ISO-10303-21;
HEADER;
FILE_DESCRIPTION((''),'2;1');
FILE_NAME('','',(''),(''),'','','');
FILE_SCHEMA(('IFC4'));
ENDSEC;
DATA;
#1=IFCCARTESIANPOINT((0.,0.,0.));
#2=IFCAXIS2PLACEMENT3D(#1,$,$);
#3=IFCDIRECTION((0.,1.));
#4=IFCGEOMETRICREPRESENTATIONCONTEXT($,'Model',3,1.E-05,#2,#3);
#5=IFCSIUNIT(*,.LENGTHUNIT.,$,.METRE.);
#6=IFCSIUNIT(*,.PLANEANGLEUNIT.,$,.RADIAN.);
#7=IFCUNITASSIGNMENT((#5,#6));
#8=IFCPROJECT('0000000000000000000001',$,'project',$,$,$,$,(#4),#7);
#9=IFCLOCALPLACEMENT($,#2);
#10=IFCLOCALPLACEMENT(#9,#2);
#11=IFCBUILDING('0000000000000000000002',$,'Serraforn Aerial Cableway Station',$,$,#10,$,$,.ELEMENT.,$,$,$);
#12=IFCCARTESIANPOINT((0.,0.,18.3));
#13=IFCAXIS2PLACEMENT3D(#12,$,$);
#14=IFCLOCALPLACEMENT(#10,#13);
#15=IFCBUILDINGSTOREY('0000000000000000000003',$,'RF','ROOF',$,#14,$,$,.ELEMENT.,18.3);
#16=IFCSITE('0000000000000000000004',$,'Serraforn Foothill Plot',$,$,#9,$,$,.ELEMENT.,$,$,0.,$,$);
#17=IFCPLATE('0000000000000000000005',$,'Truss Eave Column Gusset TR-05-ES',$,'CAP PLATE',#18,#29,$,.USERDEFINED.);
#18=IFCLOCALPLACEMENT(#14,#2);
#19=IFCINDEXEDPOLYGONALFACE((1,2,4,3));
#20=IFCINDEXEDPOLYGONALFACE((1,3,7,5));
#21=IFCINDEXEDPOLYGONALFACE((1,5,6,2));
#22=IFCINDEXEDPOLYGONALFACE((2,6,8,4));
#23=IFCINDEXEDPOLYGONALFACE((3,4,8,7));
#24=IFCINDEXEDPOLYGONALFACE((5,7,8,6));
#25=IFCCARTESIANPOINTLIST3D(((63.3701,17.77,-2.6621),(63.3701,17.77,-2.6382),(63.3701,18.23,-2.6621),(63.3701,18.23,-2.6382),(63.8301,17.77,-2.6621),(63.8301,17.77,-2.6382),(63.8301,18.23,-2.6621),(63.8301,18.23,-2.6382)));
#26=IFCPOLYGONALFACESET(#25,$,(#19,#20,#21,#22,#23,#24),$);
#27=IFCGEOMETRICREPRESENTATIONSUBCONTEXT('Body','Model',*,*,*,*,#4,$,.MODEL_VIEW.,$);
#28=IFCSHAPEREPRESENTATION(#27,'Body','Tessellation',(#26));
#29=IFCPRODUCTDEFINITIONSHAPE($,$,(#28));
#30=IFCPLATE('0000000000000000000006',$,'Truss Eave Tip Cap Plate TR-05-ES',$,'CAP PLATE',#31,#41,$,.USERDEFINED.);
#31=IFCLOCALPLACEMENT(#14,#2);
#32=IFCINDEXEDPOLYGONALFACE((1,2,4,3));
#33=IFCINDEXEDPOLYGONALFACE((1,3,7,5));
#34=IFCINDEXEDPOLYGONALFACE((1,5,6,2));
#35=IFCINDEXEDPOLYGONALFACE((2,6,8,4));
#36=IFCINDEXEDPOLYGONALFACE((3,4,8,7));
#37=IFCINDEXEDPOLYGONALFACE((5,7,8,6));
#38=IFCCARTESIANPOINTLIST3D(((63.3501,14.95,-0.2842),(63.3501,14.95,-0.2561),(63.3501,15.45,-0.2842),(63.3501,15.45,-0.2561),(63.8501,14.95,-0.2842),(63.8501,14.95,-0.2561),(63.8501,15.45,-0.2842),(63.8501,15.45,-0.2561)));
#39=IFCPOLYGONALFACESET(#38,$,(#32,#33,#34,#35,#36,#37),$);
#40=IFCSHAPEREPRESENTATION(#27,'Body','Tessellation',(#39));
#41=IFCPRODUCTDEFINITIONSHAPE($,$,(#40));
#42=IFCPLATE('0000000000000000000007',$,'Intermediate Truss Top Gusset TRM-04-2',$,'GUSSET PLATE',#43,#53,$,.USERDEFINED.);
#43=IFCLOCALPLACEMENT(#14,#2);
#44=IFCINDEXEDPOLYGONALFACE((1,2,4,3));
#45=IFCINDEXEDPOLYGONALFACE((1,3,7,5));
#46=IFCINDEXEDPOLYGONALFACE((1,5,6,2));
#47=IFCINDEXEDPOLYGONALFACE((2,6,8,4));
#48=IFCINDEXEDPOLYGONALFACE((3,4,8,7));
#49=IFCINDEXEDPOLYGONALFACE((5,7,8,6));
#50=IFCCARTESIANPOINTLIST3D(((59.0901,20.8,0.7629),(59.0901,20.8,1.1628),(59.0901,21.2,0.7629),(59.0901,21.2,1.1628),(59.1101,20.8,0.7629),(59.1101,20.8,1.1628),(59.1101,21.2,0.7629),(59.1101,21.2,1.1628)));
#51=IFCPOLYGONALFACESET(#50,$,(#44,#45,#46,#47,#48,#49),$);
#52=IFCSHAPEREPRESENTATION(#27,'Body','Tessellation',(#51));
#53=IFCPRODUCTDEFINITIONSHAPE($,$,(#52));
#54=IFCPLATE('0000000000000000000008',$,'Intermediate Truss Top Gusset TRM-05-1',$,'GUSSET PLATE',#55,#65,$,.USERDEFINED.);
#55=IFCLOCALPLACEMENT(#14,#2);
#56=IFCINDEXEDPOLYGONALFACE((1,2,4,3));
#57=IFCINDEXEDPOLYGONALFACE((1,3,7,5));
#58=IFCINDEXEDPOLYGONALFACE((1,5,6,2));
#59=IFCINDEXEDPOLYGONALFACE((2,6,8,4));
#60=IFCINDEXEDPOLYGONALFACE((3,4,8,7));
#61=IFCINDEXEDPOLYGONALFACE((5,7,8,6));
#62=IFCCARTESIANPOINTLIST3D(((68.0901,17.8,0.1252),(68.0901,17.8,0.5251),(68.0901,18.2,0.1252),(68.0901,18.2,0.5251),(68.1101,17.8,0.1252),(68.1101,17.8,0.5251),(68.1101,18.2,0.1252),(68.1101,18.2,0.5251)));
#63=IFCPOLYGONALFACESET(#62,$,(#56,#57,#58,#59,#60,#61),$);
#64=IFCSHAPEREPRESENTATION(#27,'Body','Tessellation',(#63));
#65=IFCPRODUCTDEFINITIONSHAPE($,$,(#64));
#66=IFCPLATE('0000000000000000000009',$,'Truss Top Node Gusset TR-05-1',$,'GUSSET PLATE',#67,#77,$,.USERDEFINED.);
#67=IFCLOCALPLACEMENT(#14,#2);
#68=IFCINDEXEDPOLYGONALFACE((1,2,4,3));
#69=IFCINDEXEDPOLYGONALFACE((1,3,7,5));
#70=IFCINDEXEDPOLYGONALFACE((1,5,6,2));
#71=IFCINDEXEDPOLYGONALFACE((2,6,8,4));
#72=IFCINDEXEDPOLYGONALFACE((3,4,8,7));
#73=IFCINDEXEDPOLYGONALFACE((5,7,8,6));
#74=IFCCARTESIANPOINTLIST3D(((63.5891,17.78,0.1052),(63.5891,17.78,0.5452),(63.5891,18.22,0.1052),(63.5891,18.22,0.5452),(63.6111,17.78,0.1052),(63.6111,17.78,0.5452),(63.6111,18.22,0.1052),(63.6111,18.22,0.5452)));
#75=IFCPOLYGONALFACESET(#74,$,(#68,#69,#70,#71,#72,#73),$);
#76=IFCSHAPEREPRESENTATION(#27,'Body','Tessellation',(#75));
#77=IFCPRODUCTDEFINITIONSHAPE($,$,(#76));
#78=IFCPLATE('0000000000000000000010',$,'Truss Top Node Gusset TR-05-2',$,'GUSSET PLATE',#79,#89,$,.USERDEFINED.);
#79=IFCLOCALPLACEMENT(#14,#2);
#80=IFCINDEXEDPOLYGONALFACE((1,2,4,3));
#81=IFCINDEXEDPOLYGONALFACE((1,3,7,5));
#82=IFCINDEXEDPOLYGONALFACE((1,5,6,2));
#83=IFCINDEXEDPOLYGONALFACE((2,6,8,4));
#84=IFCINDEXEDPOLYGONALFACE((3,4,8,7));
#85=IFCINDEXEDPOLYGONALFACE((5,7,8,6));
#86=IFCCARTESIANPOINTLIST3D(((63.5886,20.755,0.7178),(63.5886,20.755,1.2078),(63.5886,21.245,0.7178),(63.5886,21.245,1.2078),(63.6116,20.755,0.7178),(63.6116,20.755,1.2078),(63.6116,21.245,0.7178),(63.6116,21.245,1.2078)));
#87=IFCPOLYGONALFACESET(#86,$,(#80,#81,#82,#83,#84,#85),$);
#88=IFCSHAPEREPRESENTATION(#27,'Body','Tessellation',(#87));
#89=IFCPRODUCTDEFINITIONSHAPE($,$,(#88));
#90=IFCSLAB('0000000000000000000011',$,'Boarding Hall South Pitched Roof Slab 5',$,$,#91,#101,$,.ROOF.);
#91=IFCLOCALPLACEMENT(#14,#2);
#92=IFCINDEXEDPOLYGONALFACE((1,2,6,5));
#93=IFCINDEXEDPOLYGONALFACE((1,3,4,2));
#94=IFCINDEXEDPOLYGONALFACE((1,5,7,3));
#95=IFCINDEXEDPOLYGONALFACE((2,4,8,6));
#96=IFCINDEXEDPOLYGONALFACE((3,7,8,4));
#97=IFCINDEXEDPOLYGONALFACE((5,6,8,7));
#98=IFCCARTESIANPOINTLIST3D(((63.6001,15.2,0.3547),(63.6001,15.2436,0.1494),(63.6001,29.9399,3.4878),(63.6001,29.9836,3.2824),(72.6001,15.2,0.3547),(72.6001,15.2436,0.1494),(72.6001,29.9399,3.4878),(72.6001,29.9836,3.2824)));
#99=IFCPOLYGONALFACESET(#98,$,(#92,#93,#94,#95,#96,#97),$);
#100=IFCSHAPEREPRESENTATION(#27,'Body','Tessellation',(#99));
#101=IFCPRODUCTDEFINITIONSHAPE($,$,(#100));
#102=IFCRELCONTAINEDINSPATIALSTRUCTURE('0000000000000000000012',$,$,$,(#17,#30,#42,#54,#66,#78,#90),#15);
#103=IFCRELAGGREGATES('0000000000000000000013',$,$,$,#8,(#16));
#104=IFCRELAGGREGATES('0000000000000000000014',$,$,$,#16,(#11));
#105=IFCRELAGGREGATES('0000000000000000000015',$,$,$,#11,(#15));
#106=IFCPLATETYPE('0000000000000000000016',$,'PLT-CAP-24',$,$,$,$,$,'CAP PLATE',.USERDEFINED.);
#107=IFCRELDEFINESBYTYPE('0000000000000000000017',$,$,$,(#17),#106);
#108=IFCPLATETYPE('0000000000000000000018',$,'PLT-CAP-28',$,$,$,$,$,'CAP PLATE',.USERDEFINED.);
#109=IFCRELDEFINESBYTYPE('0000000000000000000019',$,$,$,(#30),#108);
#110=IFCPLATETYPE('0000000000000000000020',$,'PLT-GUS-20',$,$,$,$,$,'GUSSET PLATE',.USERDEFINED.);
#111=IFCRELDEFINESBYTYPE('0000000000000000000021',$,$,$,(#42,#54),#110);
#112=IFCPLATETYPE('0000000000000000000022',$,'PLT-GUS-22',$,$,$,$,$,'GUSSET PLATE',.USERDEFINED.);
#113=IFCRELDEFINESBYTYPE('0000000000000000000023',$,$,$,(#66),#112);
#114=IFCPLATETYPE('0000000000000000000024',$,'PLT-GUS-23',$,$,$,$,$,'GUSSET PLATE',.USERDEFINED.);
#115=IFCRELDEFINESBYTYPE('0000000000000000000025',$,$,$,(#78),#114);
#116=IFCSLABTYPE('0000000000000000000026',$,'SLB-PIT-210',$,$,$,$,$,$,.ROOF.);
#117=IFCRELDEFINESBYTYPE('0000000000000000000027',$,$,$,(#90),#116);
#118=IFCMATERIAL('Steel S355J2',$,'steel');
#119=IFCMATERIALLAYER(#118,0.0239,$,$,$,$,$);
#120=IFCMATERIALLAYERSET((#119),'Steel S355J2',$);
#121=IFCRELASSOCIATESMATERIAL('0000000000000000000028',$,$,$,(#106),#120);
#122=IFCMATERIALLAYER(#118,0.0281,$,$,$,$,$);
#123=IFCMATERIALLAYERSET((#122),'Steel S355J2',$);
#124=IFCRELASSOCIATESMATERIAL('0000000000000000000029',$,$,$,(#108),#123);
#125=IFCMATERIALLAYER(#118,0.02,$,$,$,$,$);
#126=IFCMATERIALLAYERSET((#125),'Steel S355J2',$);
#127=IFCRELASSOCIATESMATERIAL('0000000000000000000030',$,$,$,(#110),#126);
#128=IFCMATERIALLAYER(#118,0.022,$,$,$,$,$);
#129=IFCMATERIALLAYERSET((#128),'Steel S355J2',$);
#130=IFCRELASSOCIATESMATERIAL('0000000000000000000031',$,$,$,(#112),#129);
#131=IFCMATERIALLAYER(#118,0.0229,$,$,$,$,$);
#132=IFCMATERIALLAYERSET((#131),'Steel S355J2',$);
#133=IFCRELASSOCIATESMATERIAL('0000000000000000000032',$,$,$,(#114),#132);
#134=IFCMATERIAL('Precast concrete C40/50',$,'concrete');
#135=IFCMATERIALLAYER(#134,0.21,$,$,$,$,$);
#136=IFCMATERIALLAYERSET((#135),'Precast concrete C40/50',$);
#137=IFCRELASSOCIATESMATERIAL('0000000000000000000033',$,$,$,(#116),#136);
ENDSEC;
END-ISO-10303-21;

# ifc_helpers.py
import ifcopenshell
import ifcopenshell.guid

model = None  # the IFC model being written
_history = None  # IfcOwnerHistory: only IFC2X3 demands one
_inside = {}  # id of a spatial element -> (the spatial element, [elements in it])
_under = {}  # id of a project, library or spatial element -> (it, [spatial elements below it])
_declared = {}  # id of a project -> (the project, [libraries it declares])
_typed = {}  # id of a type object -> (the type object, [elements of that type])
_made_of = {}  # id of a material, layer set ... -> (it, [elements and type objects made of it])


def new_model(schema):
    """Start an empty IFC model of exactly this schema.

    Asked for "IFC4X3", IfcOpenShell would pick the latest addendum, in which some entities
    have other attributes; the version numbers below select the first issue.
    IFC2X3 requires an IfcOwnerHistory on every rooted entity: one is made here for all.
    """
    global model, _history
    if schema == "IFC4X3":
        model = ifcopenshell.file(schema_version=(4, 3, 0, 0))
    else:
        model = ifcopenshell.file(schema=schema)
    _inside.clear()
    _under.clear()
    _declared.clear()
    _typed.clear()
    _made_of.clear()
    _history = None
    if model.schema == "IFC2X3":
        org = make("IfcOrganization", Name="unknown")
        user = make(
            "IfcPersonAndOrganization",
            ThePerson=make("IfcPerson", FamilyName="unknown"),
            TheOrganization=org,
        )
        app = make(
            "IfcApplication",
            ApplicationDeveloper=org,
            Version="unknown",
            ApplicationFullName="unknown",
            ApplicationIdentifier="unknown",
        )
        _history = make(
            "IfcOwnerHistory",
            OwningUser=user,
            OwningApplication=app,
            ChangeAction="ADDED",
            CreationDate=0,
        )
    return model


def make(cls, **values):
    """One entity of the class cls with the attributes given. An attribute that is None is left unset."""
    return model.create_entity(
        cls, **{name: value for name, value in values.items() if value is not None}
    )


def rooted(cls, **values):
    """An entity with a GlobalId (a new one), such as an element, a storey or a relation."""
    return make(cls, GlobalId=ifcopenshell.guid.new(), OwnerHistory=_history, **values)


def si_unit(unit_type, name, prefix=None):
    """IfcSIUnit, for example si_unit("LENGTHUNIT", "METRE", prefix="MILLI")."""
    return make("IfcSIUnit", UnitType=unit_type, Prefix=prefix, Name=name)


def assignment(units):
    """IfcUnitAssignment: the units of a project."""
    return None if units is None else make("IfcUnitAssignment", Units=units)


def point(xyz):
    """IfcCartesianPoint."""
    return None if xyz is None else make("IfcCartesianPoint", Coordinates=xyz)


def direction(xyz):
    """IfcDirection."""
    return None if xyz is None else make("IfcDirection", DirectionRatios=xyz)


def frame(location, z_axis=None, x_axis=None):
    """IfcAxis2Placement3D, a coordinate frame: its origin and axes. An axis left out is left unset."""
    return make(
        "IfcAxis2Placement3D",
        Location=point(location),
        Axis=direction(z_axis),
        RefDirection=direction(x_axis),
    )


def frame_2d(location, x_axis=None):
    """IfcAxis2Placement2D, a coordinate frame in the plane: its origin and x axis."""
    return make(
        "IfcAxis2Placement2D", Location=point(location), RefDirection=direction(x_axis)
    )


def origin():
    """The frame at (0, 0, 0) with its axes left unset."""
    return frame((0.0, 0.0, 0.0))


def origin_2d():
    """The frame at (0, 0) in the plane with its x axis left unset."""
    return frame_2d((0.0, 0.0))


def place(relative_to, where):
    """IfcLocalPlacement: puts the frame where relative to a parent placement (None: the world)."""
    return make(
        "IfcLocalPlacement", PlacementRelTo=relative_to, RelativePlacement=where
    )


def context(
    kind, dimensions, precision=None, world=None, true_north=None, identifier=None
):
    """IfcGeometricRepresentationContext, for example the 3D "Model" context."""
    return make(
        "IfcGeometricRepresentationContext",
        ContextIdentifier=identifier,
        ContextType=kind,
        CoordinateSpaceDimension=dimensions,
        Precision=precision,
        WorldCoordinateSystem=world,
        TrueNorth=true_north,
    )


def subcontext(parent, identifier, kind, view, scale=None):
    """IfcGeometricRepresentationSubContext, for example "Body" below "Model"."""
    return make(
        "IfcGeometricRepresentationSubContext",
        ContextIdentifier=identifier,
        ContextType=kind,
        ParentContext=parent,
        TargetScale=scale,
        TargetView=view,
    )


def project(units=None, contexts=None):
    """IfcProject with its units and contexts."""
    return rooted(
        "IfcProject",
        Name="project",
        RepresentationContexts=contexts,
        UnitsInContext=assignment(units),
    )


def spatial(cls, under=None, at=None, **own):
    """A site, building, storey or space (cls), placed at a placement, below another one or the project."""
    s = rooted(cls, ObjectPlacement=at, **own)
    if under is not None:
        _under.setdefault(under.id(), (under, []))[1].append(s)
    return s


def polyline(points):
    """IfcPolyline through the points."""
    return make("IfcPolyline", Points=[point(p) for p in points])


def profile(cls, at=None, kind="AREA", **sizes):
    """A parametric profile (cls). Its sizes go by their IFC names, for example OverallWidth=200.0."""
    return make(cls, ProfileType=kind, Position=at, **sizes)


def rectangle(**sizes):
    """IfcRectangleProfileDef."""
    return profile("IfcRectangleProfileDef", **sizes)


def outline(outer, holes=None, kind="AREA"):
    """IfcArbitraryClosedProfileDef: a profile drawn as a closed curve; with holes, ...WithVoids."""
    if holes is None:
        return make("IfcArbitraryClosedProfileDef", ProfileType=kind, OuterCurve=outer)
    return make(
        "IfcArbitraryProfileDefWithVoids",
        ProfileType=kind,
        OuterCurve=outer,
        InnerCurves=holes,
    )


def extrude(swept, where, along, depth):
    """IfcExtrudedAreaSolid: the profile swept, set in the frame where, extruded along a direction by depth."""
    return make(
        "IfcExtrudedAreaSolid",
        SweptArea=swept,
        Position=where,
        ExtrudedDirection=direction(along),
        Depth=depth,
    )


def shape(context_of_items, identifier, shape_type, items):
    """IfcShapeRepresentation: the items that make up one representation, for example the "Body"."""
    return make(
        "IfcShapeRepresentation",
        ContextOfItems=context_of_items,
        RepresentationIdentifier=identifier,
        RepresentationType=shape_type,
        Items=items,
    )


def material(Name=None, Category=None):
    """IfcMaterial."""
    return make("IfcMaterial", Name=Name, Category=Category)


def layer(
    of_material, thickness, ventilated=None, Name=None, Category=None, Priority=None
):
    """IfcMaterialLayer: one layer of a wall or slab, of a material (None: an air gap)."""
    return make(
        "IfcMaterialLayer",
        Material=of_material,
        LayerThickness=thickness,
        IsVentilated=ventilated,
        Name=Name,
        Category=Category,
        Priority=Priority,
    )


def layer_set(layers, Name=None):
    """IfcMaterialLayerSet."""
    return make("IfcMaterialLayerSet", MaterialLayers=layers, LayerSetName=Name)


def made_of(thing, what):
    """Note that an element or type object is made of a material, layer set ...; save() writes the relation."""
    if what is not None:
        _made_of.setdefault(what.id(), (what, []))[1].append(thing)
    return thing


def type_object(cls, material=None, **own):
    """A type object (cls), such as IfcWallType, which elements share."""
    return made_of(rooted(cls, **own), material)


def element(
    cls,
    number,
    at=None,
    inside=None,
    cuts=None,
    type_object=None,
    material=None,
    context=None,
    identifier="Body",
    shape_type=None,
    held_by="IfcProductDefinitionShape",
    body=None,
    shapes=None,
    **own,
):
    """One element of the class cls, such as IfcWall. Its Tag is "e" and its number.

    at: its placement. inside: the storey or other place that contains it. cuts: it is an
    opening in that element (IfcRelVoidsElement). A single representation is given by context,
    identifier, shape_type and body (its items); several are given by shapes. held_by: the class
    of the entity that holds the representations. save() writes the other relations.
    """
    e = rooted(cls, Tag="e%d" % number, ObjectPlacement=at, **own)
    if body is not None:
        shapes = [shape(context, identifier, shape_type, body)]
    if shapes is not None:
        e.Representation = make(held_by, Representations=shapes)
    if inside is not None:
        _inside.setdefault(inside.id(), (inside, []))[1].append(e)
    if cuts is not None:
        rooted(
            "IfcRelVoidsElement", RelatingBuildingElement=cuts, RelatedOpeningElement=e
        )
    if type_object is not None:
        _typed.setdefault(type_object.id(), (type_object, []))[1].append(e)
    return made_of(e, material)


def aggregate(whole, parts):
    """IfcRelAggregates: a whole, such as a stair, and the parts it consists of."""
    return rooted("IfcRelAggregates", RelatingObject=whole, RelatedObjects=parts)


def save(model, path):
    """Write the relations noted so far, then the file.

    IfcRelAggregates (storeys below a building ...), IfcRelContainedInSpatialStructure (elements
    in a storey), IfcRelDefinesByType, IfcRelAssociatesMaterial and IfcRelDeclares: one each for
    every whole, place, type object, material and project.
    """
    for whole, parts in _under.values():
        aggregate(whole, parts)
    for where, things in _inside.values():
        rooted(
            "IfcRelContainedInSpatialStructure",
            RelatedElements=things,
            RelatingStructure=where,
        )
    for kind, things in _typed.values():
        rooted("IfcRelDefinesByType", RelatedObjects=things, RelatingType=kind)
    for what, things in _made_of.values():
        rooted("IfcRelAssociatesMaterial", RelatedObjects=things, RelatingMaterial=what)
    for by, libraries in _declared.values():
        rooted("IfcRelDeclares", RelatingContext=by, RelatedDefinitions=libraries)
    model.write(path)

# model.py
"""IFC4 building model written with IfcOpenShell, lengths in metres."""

from ifc_helpers import new_model, si_unit, direction, frame, origin, origin_2d, place, context, subcontext, project, spatial, polyline, rectangle, outline, extrude, material, layer, layer_set, type_object, element, save


model = new_model("IFC4")

# Units and contexts
model_context = context("Model", 3, precision=1e-05, world=origin(), true_north=direction((0.0, 1.0)))
body_context = subcontext(model_context, "Body", "Model", "MODEL_VIEW")
ifc_project = project(units=[si_unit("LENGTHUNIT", "METRE"), si_unit("PLANEANGLEUNIT", "RADIAN")], contexts=[model_context])

# Site, building, storey
site_placement = place(None, origin())
site = spatial("IfcSite", under=ifc_project, at=site_placement, Name="Serraforn Foothill Plot", CompositionType="ELEMENT", RefElevation=0.0)
building_placement = place(site_placement, origin())
building = spatial("IfcBuilding", under=site, at=building_placement, Name="Serraforn Aerial Cableway Station", CompositionType="ELEMENT")
storey_placement = place(building_placement, frame((0.0, 0.0, 18.3)))
storey = spatial("IfcBuildingStorey", under=building, at=storey_placement, Name="RF", Description="ROOF", CompositionType="ELEMENT", Elevation=18.3)

# Shared definitions
ifc_material_1 = material(Name="Steel S355J2", Category="steel")

# Plates
ifc_layer_1 = layer(ifc_material_1, 0.0239)
ifc_layer_set_1 = layer_set([ifc_layer_1], Name="Steel S355J2")
plate_type_1 = type_object("IfcPlateType", Name="PLT-CAP-24", ElementType="CAP PLATE", PredefinedType="USERDEFINED", material=ifc_layer_set_1)
plate_1_placement = place(storey_placement, frame((63.6001, 18.0, -2.6621), z_axis=(0.0, 0.0, 1.0), x_axis=(1.0, 0.0, 0.0)))
element("IfcPlate", 1, at=plate_1_placement, inside=storey, type_object=plate_type_1, Name="Truss Eave Column Gusset TR-05-ES", ObjectType="CAP PLATE", PredefinedType="USERDEFINED", context=body_context, shape_type="SweptSolid", body=[
    extrude(rectangle(XDim=0.46, YDim=0.46, at=origin_2d()), origin(), (0.0, 0.0, 1.0), 0.0239),
])
ifc_layer_2 = layer(ifc_material_1, 0.0281)
ifc_layer_set_2 = layer_set([ifc_layer_2], Name="Steel S355J2")
plate_type_2 = type_object("IfcPlateType", Name="PLT-CAP-28", ElementType="CAP PLATE", PredefinedType="USERDEFINED", material=ifc_layer_set_2)
plate_2_placement = place(storey_placement, frame((63.6001, 15.2, -0.2842), z_axis=(0.0, 0.0, 1.0), x_axis=(1.0, 0.0, 0.0)))
element("IfcPlate", 2, at=plate_2_placement, inside=storey, type_object=plate_type_2, Name="Truss Eave Tip Cap Plate TR-05-ES", ObjectType="CAP PLATE", PredefinedType="USERDEFINED", context=body_context, shape_type="SweptSolid", body=[
    extrude(rectangle(XDim=0.5, YDim=0.5, at=origin_2d()), origin(), (0.0, 0.0, 1.0), 0.0281),
])
ifc_layer_3 = layer(ifc_material_1, 0.02)
ifc_layer_set_3 = layer_set([ifc_layer_3], Name="Steel S355J2")
plate_type_3 = type_object("IfcPlateType", Name="PLT-GUS-20", ElementType="GUSSET PLATE", PredefinedType="USERDEFINED", material=ifc_layer_set_3)
for number, where, z_axis, x_axis, name in (
    (3, (59.1001, 21.0, 0.7629), (0.0, 0.0, 1.0), (1.0, 0.0, 0.0), "Intermediate Truss Top Gusset TRM-04-2"),
    (4, (68.1001, 18.0, 0.1252), (0.0, 0.0, 1.0), (1.0, 0.0, 0.0), "Intermediate Truss Top Gusset TRM-05-1"),
):
    element("IfcPlate", number, at=place(storey_placement, frame(where, z_axis=z_axis, x_axis=x_axis)), inside=storey, type_object=plate_type_3, Name=name, ObjectType="GUSSET PLATE", PredefinedType="USERDEFINED", context=body_context, shape_type="SweptSolid", body=[
        extrude(rectangle(XDim=0.02, YDim=0.3999, at=origin_2d()), origin(), (0.0, 0.0, 1.0), 0.3999),
    ])
ifc_layer_4 = layer(ifc_material_1, 0.022)
ifc_layer_set_4 = layer_set([ifc_layer_4], Name="Steel S355J2")
plate_type_4 = type_object("IfcPlateType", Name="PLT-GUS-22", ElementType="GUSSET PLATE", PredefinedType="USERDEFINED", material=ifc_layer_set_4)
plate_3_placement = place(storey_placement, frame((63.6001, 18.0, 0.1052), z_axis=(0.0, 0.0, 1.0), x_axis=(1.0, 0.0, 0.0)))
element("IfcPlate", 5, at=plate_3_placement, inside=storey, type_object=plate_type_4, Name="Truss Top Node Gusset TR-05-1", ObjectType="GUSSET PLATE", PredefinedType="USERDEFINED", context=body_context, shape_type="SweptSolid", body=[
    extrude(rectangle(XDim=0.022, YDim=0.4399, at=origin_2d()), origin(), (0.0, 0.0, 1.0), 0.4399),
])
ifc_layer_5 = layer(ifc_material_1, 0.0229)
ifc_layer_set_5 = layer_set([ifc_layer_5], Name="Steel S355J2")
plate_type_5 = type_object("IfcPlateType", Name="PLT-GUS-23", ElementType="GUSSET PLATE", PredefinedType="USERDEFINED", material=ifc_layer_set_5)
plate_4_placement = place(storey_placement, frame((63.6001, 21.0, 0.7178), z_axis=(0.0, 0.0, 1.0), x_axis=(1.0, 0.0, 0.0)))
element("IfcPlate", 6, at=plate_4_placement, inside=storey, type_object=plate_type_5, Name="Truss Top Node Gusset TR-05-2", ObjectType="GUSSET PLATE", PredefinedType="USERDEFINED", context=body_context, shape_type="SweptSolid", body=[
    extrude(rectangle(XDim=0.0229, YDim=0.49, at=origin_2d()), origin(), (0.0, 0.0, 1.0), 0.49),
])

# Slab
ifc_material_2 = material(Name="Precast concrete C40/50", Category="concrete")
ifc_layer_6 = layer(ifc_material_2, 0.21)
ifc_layer_set_6 = layer_set([ifc_layer_6], Name="Precast concrete C40/50")
slab_type = type_object("IfcSlabType", Name="SLB-PIT-210", PredefinedType="ROOF", material=ifc_layer_set_6)
slab_placement = place(storey_placement, frame((63.6001, 15.2, 0.3547), z_axis=(0.0, -0.20791, 0.978148), x_axis=(1.0, 0.0, 0.0)))
element("IfcSlab", 7, at=slab_placement, inside=storey, type_object=slab_type, Name="Boarding Hall South Pitched Roof Slab 5", PredefinedType="ROOF", context=body_context, shape_type="SweptSolid", body=[
    extrude(outline(polyline([(0.0, 0.0), (9.0, 0.0), (9.0, 15.0693), (0.0, 15.0693), (0.0, 0.0)])), origin(), (0.0, 0.0, -1.0), 0.21),
])

save(model, "model.ifc")
